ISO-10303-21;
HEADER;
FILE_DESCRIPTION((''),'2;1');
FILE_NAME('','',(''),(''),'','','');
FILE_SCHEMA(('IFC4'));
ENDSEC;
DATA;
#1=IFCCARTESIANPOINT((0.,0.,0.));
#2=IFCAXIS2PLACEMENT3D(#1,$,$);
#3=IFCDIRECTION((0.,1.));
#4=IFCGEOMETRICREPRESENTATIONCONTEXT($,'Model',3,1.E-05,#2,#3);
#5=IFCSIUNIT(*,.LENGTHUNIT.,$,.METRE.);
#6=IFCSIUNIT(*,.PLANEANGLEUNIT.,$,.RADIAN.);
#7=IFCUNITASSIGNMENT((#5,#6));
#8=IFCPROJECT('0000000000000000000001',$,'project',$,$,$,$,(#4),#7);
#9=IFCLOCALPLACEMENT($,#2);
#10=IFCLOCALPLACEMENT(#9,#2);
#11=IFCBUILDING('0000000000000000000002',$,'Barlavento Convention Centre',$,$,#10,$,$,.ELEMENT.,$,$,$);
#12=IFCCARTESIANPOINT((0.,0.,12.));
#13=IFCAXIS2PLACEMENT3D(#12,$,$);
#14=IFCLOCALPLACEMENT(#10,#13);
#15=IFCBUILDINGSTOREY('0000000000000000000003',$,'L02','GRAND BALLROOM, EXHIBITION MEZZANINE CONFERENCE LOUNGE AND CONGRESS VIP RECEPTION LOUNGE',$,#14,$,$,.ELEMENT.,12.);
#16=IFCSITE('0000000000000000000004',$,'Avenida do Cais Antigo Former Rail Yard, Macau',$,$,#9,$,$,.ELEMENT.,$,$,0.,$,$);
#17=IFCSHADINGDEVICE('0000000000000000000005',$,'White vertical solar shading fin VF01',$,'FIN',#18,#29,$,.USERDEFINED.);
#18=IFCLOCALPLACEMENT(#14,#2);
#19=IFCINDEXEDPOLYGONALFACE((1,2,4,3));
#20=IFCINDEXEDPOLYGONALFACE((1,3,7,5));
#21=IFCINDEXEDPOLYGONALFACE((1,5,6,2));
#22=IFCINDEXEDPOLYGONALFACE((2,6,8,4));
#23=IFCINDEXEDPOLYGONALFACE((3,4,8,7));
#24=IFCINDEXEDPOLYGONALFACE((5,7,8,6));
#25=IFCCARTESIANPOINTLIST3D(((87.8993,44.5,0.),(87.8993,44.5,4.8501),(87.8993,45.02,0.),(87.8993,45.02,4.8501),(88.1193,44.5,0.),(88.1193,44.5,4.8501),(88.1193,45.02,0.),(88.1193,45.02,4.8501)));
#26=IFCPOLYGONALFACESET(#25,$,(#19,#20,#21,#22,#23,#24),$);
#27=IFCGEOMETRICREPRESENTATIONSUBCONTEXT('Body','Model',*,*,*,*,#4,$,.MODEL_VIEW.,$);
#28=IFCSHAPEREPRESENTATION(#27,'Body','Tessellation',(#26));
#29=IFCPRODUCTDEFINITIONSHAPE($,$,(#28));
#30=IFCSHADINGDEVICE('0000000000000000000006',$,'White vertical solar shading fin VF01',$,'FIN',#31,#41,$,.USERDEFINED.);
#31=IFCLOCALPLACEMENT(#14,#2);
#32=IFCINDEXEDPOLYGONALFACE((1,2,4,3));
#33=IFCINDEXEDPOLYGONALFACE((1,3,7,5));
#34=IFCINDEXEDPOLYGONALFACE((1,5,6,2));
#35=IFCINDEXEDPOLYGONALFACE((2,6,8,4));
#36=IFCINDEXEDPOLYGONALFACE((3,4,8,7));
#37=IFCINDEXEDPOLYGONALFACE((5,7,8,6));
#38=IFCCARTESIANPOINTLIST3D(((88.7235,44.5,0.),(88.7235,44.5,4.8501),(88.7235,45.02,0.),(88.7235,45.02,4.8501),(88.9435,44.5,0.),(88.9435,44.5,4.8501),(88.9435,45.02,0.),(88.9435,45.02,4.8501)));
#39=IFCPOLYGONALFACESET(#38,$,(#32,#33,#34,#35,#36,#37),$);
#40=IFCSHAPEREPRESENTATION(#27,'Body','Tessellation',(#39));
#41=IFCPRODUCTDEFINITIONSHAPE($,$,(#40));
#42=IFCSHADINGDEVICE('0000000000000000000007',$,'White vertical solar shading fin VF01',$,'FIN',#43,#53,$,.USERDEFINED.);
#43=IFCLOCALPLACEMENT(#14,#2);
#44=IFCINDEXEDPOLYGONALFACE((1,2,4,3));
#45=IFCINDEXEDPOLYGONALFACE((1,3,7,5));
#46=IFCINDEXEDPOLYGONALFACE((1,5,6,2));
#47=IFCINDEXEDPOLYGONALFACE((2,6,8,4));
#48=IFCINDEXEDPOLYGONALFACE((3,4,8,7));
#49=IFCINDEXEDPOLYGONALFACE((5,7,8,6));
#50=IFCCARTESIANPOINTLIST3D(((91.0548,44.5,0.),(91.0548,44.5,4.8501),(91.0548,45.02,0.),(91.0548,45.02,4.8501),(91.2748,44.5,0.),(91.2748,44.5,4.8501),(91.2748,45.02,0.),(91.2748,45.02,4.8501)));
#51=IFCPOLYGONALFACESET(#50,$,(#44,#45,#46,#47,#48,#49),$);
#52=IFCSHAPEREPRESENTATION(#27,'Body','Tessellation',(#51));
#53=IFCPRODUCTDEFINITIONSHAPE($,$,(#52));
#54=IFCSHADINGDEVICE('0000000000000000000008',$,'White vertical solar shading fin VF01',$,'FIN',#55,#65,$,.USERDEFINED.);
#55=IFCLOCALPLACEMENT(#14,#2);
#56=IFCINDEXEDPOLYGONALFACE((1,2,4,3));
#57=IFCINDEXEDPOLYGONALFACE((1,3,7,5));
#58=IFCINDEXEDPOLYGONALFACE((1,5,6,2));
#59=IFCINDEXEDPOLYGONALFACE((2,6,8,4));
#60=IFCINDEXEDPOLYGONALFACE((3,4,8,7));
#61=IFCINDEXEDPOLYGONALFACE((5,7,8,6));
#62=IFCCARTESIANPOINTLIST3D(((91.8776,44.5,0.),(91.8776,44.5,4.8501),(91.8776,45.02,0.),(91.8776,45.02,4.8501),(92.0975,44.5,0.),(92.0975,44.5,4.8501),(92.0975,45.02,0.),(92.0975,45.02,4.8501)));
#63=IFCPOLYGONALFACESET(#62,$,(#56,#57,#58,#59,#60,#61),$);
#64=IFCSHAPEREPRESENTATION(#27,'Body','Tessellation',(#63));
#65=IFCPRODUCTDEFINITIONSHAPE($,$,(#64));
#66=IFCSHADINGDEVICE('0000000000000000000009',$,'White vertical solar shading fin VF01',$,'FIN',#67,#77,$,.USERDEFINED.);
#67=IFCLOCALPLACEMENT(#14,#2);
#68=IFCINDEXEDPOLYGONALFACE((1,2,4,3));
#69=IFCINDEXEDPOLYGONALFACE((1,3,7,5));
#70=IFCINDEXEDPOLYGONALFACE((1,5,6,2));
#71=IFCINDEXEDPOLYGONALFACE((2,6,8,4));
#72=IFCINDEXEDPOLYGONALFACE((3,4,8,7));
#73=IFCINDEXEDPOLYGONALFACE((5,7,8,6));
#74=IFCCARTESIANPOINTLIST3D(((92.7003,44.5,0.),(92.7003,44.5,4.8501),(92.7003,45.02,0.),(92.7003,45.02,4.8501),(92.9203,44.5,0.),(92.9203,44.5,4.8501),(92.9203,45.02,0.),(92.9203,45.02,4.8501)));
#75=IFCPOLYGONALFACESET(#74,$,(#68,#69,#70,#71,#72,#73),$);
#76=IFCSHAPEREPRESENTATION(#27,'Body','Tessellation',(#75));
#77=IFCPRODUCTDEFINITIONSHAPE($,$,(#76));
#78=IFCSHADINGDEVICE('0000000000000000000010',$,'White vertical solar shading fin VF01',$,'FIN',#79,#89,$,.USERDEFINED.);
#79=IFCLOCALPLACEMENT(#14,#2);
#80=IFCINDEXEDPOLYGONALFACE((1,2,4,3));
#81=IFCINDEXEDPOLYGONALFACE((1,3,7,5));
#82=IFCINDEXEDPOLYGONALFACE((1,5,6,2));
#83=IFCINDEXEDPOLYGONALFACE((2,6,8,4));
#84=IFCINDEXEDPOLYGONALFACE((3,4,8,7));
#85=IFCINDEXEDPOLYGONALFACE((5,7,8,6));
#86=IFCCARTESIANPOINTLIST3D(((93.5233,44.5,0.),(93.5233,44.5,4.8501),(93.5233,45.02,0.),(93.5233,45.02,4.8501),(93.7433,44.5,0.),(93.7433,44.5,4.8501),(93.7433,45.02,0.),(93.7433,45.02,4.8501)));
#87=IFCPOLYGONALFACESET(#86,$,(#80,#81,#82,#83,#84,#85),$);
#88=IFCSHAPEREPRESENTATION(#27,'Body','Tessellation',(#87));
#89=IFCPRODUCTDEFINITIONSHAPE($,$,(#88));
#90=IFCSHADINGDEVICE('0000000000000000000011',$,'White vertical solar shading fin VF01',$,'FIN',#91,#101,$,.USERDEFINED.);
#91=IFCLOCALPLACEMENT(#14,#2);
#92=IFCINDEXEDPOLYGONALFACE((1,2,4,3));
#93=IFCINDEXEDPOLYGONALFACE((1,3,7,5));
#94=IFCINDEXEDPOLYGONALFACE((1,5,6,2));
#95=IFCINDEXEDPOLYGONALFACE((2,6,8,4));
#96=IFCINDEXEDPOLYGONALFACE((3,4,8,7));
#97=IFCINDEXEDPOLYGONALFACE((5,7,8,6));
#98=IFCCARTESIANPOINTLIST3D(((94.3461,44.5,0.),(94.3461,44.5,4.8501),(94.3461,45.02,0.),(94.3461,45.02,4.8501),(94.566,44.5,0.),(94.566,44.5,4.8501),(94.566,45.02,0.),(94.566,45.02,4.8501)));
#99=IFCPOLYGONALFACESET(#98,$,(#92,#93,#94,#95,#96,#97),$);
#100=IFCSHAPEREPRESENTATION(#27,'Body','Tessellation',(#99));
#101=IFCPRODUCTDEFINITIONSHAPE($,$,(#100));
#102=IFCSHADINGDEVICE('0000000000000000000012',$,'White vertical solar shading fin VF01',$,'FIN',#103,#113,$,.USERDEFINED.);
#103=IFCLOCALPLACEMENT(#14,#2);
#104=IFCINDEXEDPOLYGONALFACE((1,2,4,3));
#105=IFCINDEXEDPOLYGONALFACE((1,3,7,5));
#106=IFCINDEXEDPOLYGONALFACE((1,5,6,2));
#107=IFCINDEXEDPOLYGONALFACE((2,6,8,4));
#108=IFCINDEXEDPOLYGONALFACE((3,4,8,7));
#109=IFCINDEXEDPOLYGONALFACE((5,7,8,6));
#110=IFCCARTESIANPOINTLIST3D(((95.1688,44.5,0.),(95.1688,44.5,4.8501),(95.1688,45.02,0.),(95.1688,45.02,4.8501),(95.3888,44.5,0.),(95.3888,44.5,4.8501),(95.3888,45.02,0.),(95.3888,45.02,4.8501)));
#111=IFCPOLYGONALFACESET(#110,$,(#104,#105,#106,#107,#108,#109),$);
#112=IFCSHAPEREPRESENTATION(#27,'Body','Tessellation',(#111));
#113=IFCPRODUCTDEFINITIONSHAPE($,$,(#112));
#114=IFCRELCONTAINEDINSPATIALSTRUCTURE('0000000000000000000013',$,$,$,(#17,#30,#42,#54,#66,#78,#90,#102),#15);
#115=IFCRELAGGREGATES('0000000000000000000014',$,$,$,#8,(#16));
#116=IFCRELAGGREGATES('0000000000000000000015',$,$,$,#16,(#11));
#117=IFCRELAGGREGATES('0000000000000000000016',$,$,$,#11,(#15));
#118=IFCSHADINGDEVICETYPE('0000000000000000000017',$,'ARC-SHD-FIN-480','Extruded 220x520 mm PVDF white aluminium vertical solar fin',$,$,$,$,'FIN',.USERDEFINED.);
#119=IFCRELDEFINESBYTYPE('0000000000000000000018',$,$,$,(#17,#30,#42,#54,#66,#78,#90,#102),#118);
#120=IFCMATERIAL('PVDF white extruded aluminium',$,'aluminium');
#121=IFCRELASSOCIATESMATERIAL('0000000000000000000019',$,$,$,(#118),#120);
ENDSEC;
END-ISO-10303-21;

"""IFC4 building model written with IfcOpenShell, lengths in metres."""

from ifc_helpers import new_model, si_unit, direction, frame, origin, origin_2d, place, context, subcontext, project, spatial, rectangle, extrude, material, type_object, element, save


model = new_model("IFC4")

# Units and contexts
model_context = context("Model", 3, precision=1e-05, world=origin(), true_north=direction((0.0, 1.0)))
body_context = subcontext(model_context, "Body", "Model", "MODEL_VIEW")
ifc_project = project(units=[si_unit("LENGTHUNIT", "METRE"), si_unit("PLANEANGLEUNIT", "RADIAN")], contexts=[model_context])

# Site, building, storey
site_placement = place(None, origin())
site = spatial("IfcSite", under=ifc_project, at=site_placement, Name="Avenida do Cais Antigo Former Rail Yard, Macau", CompositionType="ELEMENT", RefElevation=0.0)
building_placement = place(site_placement, origin())
building = spatial("IfcBuilding", under=site, at=building_placement, Name="Barlavento Convention Centre", CompositionType="ELEMENT")
storey_placement = place(building_placement, frame((0.0, 0.0, 12.0)))
storey = spatial("IfcBuildingStorey", under=building, at=storey_placement, Name="L02", Description="GRAND BALLROOM, EXHIBITION MEZZANINE CONFERENCE LOUNGE AND CONGRESS VIP RECEPTION LOUNGE", CompositionType="ELEMENT", Elevation=12.0)

# Shading devices
ifc_material_1 = material(Name="PVDF white extruded aluminium", Category="aluminium")
shading_device_type = type_object("IfcShadingDeviceType", Name="ARC-SHD-FIN-480", Description="Extruded 220x520 mm PVDF white aluminium vertical solar fin", ElementType="FIN", PredefinedType="USERDEFINED", material=ifc_material_1)
for number, where, z_axis, x_axis, name in (
    (1, (88.0093, 44.76, 0.0), (0.0, 0.0, 1.0), (1.0, 0.0, 0.0), "White vertical solar shading fin VF01"),
    (2, (88.8335, 44.76, 0.0), (0.0, 0.0, 1.0), (1.0, 0.0, 0.0), "White vertical solar shading fin VF01"),
    (3, (91.1648, 44.76, 0.0), (0.0, 0.0, 1.0), (1.0, 0.0, 0.0), "White vertical solar shading fin VF01"),
    (4, (91.9875, 44.76, 0.0), (0.0, 0.0, 1.0), (1.0, 0.0, 0.0), "White vertical solar shading fin VF01"),
    (5, (92.8103, 44.76, 0.0), (0.0, 0.0, 1.0), (1.0, 0.0, 0.0), "White vertical solar shading fin VF01"),
    (6, (93.6333, 44.76, 0.0), (0.0, 0.0, 1.0), (1.0, 0.0, 0.0), "White vertical solar shading fin VF01"),
    (7, (94.4561, 44.76, 0.0), (0.0, 0.0, 1.0), (1.0, 0.0, 0.0), "White vertical solar shading fin VF01"),
    (8, (95.2788, 44.76, 0.0), (0.0, 0.0, 1.0), (1.0, 0.0, 0.0), "White vertical solar shading fin VF01"),
):
    element("IfcShadingDevice", number, at=place(storey_placement, frame(where, z_axis=z_axis, x_axis=x_axis)), inside=storey, type_object=shading_device_type, Name=name, ObjectType="FIN", PredefinedType="USERDEFINED", context=body_context, shape_type="SweptSolid", body=[
        extrude(rectangle(XDim=0.22, YDim=0.52, at=origin_2d()), origin(), (0.0, 0.0, 1.0), 4.8501),
    ])

save(model, "model.ifc")
